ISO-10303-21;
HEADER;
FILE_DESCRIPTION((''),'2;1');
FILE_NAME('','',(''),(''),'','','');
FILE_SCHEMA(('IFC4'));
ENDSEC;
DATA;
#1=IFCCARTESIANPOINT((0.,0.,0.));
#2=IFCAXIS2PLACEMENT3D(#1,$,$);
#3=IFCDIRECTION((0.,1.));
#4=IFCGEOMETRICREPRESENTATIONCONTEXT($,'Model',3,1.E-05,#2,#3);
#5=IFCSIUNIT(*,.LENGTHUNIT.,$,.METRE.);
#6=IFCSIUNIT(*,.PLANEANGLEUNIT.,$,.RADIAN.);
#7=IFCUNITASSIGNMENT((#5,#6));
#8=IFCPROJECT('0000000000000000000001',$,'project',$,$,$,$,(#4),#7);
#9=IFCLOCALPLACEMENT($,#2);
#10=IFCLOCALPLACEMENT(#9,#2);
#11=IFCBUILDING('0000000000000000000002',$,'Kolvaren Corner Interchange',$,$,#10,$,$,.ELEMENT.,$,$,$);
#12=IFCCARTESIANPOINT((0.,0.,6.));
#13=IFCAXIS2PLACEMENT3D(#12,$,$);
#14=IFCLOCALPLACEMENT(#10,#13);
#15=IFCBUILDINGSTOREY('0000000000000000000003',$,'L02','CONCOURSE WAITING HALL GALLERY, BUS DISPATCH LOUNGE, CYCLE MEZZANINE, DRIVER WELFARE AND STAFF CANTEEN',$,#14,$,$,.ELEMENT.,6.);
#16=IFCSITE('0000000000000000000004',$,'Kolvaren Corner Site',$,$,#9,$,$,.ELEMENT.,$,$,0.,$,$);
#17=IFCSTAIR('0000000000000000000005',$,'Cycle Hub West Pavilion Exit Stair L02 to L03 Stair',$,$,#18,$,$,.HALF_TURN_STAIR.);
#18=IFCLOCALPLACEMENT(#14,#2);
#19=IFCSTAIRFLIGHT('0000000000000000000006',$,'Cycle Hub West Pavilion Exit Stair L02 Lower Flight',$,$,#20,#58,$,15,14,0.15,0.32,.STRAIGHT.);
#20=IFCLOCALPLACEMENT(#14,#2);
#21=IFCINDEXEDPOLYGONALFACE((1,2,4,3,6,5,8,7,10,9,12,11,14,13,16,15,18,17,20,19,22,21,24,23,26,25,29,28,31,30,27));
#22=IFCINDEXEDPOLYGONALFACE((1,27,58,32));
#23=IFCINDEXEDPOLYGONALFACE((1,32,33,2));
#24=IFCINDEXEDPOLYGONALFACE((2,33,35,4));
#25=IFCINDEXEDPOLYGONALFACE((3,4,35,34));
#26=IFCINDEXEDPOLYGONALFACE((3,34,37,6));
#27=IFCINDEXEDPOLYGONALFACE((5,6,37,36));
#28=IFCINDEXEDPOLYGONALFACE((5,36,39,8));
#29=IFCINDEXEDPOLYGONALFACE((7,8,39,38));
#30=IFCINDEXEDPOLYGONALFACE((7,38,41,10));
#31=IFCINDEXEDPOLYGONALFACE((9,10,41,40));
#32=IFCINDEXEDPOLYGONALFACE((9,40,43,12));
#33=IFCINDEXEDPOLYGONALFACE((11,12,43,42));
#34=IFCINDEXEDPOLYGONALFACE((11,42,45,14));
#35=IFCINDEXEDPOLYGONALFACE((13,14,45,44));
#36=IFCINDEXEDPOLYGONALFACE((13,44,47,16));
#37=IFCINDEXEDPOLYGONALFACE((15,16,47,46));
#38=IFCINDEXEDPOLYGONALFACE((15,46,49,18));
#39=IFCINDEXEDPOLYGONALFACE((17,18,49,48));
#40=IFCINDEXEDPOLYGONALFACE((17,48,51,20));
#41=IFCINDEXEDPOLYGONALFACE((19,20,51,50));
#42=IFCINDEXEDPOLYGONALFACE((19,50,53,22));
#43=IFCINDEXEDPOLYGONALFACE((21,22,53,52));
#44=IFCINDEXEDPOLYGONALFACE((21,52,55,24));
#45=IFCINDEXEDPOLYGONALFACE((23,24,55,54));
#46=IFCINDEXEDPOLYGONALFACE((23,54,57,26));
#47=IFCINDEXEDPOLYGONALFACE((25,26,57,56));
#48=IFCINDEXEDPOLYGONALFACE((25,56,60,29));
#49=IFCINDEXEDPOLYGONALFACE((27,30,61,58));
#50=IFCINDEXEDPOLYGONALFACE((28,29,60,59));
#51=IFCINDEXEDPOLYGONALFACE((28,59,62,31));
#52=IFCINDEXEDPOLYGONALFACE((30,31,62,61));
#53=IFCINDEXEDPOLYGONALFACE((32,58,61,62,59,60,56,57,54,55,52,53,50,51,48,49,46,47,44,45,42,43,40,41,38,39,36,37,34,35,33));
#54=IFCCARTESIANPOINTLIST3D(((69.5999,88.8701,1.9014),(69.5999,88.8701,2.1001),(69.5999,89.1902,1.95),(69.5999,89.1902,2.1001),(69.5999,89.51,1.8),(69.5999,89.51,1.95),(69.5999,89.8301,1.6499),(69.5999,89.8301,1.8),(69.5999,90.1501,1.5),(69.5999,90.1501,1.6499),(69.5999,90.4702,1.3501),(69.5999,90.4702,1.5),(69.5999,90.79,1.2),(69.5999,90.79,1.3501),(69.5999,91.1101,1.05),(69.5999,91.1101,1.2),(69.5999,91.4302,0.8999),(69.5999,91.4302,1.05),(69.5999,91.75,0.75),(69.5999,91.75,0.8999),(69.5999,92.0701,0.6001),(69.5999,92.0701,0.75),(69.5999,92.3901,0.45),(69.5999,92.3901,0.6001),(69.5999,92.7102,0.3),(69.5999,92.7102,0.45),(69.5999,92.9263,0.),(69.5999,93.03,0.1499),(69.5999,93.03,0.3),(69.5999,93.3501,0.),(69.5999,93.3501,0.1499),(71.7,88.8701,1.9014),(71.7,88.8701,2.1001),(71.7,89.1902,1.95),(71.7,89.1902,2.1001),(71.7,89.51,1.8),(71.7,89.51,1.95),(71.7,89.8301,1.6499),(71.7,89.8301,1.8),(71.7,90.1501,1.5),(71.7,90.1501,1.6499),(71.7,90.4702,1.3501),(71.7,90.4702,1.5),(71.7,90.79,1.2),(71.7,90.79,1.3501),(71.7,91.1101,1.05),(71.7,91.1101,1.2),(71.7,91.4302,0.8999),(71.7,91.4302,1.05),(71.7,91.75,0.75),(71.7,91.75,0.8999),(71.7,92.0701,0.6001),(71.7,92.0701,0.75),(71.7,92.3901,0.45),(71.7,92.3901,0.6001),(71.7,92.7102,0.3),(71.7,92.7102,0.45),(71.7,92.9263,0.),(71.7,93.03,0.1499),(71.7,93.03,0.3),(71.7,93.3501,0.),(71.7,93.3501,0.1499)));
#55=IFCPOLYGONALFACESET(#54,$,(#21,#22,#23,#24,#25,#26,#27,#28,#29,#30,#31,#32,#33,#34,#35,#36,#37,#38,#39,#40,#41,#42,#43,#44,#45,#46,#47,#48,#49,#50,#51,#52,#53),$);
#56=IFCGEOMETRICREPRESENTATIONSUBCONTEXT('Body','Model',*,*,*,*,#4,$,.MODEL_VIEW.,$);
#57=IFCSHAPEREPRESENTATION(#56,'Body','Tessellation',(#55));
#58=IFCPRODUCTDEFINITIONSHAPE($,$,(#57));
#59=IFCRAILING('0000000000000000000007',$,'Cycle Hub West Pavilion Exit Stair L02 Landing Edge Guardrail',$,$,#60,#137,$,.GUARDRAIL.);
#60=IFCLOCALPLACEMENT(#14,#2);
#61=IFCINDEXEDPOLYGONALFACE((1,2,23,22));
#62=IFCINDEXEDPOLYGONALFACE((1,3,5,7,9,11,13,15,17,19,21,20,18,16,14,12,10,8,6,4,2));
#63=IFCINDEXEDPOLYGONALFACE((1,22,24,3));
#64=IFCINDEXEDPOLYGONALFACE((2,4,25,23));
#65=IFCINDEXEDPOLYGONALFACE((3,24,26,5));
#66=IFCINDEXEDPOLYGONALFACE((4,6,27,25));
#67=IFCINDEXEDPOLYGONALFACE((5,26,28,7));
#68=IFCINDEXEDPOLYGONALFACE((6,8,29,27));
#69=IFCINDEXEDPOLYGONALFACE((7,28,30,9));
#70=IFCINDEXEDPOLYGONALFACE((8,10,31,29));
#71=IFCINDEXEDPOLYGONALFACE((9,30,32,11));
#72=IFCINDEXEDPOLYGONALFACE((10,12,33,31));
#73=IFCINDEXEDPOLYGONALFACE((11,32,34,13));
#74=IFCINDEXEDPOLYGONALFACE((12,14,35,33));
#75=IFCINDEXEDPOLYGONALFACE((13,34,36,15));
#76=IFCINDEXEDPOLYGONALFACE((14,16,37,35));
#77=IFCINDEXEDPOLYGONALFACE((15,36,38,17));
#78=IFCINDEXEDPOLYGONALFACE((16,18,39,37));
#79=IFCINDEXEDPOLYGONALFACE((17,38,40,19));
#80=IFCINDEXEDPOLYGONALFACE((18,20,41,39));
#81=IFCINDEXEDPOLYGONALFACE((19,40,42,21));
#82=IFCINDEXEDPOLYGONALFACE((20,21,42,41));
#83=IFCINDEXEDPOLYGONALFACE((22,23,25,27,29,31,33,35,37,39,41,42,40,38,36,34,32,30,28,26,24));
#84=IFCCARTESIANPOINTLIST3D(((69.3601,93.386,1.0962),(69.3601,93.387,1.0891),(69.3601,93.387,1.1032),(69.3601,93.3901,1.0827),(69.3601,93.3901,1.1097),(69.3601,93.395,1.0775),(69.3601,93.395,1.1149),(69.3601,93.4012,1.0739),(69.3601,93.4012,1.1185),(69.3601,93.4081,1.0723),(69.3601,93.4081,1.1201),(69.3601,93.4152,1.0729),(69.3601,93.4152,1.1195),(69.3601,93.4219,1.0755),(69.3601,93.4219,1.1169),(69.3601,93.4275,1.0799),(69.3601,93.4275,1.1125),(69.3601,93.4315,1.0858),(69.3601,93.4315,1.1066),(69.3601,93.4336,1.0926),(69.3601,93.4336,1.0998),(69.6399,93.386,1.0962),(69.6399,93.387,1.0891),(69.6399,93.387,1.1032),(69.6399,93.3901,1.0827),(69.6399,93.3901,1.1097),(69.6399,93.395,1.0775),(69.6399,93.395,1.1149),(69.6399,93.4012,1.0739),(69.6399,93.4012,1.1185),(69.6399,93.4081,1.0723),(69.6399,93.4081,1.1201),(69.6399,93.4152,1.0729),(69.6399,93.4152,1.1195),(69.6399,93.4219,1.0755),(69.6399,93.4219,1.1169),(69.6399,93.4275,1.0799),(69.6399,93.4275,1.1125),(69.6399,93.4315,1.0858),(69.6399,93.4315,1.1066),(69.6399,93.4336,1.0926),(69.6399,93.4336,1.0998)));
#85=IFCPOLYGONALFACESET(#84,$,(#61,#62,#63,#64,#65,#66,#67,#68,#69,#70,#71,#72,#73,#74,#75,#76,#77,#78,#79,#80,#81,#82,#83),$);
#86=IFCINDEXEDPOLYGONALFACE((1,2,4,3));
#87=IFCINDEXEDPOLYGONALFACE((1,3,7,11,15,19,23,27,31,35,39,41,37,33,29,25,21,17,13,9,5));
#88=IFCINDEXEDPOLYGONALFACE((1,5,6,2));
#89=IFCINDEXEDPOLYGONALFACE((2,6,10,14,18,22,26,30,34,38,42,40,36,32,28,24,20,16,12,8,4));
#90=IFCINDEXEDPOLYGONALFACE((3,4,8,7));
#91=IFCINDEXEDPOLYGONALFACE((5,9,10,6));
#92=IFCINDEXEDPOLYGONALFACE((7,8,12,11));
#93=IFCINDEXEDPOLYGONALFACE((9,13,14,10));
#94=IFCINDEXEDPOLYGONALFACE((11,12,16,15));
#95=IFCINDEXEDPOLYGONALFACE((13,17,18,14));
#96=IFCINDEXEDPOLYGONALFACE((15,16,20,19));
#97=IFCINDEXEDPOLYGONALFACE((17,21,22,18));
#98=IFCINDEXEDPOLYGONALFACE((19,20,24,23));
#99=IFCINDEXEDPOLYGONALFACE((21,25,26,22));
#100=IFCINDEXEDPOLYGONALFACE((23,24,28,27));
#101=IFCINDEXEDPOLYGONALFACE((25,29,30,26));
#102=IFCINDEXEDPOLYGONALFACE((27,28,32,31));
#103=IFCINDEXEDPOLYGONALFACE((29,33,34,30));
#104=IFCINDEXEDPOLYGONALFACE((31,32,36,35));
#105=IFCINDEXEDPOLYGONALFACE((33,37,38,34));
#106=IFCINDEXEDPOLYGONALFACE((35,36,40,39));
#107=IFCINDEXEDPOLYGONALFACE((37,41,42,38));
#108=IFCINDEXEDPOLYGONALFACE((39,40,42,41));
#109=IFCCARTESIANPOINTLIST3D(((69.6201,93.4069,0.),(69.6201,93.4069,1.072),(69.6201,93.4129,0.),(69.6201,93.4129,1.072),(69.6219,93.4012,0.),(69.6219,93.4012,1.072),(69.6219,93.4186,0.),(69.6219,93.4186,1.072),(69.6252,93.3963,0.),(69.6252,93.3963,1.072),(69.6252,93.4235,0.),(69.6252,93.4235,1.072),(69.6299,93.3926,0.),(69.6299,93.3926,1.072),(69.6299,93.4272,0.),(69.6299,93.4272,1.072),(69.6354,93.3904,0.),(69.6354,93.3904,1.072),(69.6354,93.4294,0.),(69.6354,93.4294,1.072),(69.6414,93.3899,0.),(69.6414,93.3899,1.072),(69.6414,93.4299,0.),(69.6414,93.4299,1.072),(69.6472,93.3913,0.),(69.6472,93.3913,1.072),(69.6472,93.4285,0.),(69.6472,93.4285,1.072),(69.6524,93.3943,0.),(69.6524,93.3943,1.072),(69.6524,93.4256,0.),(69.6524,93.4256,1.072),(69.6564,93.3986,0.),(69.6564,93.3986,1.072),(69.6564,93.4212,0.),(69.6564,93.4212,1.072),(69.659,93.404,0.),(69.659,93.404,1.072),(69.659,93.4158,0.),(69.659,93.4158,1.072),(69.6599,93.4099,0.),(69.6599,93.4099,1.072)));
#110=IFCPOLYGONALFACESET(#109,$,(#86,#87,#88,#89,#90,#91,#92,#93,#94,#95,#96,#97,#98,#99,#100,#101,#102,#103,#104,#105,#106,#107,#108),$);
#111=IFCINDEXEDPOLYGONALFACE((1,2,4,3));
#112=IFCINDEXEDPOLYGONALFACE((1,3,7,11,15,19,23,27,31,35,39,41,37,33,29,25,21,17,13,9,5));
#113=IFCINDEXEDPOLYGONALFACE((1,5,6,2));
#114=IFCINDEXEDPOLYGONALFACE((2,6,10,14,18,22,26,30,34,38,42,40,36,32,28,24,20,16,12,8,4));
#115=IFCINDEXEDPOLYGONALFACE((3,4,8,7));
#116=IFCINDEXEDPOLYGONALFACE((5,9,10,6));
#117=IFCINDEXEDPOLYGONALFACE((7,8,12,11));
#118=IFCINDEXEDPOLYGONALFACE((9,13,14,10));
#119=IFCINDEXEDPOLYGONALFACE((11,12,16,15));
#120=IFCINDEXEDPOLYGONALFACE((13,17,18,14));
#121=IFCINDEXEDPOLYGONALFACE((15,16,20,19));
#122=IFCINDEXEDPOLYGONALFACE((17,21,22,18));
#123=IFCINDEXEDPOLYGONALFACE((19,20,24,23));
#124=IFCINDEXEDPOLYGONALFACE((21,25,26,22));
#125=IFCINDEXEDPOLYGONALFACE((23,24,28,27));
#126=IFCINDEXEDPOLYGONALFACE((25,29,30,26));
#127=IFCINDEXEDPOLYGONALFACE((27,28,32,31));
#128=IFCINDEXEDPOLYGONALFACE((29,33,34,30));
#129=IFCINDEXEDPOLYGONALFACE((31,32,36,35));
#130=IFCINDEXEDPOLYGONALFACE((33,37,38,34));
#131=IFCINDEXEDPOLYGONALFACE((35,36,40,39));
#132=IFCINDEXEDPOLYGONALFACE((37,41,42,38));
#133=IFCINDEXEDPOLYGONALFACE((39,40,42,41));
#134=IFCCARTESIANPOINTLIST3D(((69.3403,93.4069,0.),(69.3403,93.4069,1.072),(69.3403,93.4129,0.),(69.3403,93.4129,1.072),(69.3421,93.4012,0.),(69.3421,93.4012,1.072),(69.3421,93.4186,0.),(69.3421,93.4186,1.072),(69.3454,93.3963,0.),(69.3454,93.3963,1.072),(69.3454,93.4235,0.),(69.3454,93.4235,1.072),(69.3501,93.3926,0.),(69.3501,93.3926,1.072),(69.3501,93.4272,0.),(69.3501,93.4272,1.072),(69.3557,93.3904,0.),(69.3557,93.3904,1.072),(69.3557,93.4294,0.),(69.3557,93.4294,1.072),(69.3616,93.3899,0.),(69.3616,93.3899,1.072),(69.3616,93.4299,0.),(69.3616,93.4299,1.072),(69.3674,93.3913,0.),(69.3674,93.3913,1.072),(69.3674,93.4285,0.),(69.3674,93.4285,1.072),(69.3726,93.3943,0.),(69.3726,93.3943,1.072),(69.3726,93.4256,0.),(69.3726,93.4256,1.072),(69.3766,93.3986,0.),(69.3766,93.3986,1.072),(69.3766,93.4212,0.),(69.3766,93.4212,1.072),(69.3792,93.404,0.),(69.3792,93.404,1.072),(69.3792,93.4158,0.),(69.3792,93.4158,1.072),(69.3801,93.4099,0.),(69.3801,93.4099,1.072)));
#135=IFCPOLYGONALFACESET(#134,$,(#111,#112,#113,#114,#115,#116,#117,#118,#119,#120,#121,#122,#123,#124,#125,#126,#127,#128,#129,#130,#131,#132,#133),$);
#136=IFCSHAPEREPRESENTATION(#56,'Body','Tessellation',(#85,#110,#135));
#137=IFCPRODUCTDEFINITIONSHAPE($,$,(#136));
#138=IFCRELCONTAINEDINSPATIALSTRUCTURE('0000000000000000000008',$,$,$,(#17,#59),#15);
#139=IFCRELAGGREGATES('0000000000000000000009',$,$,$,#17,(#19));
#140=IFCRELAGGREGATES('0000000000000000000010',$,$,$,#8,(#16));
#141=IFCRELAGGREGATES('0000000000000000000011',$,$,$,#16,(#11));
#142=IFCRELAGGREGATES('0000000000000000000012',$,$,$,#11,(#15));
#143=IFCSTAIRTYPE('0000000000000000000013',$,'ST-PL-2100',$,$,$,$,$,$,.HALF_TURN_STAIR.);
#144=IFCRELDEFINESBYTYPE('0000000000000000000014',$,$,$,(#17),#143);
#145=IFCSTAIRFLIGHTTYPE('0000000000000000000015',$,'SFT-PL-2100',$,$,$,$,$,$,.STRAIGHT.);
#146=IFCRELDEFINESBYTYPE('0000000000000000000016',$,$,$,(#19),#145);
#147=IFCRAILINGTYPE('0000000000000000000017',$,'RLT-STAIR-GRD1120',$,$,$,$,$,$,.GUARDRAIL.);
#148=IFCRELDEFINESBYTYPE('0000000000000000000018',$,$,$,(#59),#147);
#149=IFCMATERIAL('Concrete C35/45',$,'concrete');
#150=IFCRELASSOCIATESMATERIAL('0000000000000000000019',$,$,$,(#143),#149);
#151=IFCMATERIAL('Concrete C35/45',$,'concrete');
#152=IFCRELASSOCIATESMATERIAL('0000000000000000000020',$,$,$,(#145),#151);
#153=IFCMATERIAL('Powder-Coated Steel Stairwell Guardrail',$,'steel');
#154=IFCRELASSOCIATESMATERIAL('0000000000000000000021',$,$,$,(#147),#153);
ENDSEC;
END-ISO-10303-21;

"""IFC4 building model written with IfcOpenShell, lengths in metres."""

from ifc_helpers import new_model, si_unit, direction, frame, origin, origin_2d, place, context, subcontext, project, spatial, polyline, circle, outline, extrude, material, type_object, element, aggregate, save


model = new_model("IFC4")

# Units and contexts
model_context = context("Model", 3, precision=1e-05, world=origin(), true_north=direction((0.0, 1.0)))
body_context = subcontext(model_context, "Body", "Model", "MODEL_VIEW")
ifc_project = project(units=[si_unit("LENGTHUNIT", "METRE"), si_unit("PLANEANGLEUNIT", "RADIAN")], contexts=[model_context])

# Site, building, storey
site_placement = place(None, origin())
site = spatial("IfcSite", under=ifc_project, at=site_placement, Name="Kolvaren Corner Site", CompositionType="ELEMENT", RefElevation=0.0)
building_placement = place(site_placement, origin())
building = spatial("IfcBuilding", under=site, at=building_placement, Name="Kolvaren Corner Interchange", CompositionType="ELEMENT")
storey_placement = place(building_placement, frame((0.0, 0.0, 6.0)))
storey = spatial("IfcBuildingStorey", under=building, at=storey_placement, Name="L02", Description="CONCOURSE WAITING HALL GALLERY, BUS DISPATCH LOUNGE, CYCLE MEZZANINE, DRIVER WELFARE AND STAFF CANTEEN", CompositionType="ELEMENT", Elevation=6.0)

# Stair, stair flight
ifc_material_1 = material(Name="Concrete C35/45", Category="concrete")
stair_type = type_object("IfcStairType", Name="ST-PL-2100", PredefinedType="HALF_TURN_STAIR", material=ifc_material_1)
stair_placement = place(storey_placement, origin())
stair = element("IfcStair", 1, at=stair_placement, inside=storey, type_object=stair_type, Name="Cycle Hub West Pavilion Exit Stair L02 to L03 Stair", PredefinedType="HALF_TURN_STAIR")
ifc_material_2 = material(Name="Concrete C35/45", Category="concrete")
stair_flight_type = type_object("IfcStairFlightType", Name="SFT-PL-2100", PredefinedType="STRAIGHT", material=ifc_material_2)
stair_flight_placement = place(storey_placement, frame((70.6499, 93.3501, 0.0), z_axis=(0.0, 0.0, 1.0), x_axis=(0.0, -1.0, 0.0)))
stair_flight = element("IfcStairFlight", 2, at=stair_flight_placement, type_object=stair_flight_type, Name="Cycle Hub West Pavilion Exit Stair L02 Lower Flight", NumberOfRisers=15, NumberOfTreads=14, PredefinedType="STRAIGHT", RiserHeight=0.15, TreadLength=0.32, context=body_context, shape_type="SweptSolid", body=[
    extrude(outline(polyline([(0.0, 0.0), (0.0, 0.1499), (0.3201, 0.1499), (0.3201, 0.3), (0.6399, 0.3), (0.6399, 0.45), (0.96, 0.45), (0.96, 0.6001), (1.28, 0.6001), (1.28, 0.75), (1.6001, 0.75), (1.6001, 0.8999), (1.9199, 0.8999), (1.9199, 1.05), (2.24, 1.05), (2.24, 1.2), (2.5601, 1.2), (2.5601, 1.3501), (2.8799, 1.3501), (2.8799, 1.5), (3.2, 1.5), (3.2, 1.6499), (3.52, 1.6499), (3.52, 1.8), (3.8401, 1.8), (3.8401, 1.95), (4.1599, 1.95), (4.1599, 2.1001), (4.48, 2.1001), (4.48, 2.25), (4.48, 1.9014), (0.4238, 0.0), (0.0, 0.0)])), frame((0.0, 1.05, 0.0), z_axis=(0.0, -1.0, 0.0), x_axis=(1.0, 0.0, 0.0)), (0.0, 0.0, 1.0), 2.1001),
])

# Railing
ifc_material_3 = material(Name="Powder-Coated Steel Stairwell Guardrail", Category="steel")
railing_type_1 = type_object("IfcRailingType", Name="RLT-STAIR-GRD1120", PredefinedType="GUARDRAIL", material=ifc_material_3)
railing_1_placement = place(storey_placement, frame((69.6399, 93.4099, 0.0)))
element("IfcRailing", 3, at=railing_1_placement, inside=storey, type_object=railing_type_1, Name="Cycle Hub West Pavilion Exit Stair L02 Landing Edge Guardrail", PredefinedType="GUARDRAIL", context=body_context, shape_type="SweptSolid", body=[
    extrude(circle(Radius=0.0239, at=origin_2d()), frame((0.0, 0.0, 1.0962), z_axis=(-1.0, 0.0, 0.0), x_axis=(0.0, -1.0, 0.0)), (0.0, 0.0, 1.0), 0.2798),
    extrude(circle(Radius=0.02, at=origin_2d()), origin(), (0.0, 0.0, 1.0), 1.072),
    extrude(circle(Radius=0.02, at=origin_2d()), frame((-0.2798, 0.0, 0.0)), (0.0, 0.0, 1.0), 1.072),
])
aggregate(stair, [stair_flight])

save(model, "model.ifc")
